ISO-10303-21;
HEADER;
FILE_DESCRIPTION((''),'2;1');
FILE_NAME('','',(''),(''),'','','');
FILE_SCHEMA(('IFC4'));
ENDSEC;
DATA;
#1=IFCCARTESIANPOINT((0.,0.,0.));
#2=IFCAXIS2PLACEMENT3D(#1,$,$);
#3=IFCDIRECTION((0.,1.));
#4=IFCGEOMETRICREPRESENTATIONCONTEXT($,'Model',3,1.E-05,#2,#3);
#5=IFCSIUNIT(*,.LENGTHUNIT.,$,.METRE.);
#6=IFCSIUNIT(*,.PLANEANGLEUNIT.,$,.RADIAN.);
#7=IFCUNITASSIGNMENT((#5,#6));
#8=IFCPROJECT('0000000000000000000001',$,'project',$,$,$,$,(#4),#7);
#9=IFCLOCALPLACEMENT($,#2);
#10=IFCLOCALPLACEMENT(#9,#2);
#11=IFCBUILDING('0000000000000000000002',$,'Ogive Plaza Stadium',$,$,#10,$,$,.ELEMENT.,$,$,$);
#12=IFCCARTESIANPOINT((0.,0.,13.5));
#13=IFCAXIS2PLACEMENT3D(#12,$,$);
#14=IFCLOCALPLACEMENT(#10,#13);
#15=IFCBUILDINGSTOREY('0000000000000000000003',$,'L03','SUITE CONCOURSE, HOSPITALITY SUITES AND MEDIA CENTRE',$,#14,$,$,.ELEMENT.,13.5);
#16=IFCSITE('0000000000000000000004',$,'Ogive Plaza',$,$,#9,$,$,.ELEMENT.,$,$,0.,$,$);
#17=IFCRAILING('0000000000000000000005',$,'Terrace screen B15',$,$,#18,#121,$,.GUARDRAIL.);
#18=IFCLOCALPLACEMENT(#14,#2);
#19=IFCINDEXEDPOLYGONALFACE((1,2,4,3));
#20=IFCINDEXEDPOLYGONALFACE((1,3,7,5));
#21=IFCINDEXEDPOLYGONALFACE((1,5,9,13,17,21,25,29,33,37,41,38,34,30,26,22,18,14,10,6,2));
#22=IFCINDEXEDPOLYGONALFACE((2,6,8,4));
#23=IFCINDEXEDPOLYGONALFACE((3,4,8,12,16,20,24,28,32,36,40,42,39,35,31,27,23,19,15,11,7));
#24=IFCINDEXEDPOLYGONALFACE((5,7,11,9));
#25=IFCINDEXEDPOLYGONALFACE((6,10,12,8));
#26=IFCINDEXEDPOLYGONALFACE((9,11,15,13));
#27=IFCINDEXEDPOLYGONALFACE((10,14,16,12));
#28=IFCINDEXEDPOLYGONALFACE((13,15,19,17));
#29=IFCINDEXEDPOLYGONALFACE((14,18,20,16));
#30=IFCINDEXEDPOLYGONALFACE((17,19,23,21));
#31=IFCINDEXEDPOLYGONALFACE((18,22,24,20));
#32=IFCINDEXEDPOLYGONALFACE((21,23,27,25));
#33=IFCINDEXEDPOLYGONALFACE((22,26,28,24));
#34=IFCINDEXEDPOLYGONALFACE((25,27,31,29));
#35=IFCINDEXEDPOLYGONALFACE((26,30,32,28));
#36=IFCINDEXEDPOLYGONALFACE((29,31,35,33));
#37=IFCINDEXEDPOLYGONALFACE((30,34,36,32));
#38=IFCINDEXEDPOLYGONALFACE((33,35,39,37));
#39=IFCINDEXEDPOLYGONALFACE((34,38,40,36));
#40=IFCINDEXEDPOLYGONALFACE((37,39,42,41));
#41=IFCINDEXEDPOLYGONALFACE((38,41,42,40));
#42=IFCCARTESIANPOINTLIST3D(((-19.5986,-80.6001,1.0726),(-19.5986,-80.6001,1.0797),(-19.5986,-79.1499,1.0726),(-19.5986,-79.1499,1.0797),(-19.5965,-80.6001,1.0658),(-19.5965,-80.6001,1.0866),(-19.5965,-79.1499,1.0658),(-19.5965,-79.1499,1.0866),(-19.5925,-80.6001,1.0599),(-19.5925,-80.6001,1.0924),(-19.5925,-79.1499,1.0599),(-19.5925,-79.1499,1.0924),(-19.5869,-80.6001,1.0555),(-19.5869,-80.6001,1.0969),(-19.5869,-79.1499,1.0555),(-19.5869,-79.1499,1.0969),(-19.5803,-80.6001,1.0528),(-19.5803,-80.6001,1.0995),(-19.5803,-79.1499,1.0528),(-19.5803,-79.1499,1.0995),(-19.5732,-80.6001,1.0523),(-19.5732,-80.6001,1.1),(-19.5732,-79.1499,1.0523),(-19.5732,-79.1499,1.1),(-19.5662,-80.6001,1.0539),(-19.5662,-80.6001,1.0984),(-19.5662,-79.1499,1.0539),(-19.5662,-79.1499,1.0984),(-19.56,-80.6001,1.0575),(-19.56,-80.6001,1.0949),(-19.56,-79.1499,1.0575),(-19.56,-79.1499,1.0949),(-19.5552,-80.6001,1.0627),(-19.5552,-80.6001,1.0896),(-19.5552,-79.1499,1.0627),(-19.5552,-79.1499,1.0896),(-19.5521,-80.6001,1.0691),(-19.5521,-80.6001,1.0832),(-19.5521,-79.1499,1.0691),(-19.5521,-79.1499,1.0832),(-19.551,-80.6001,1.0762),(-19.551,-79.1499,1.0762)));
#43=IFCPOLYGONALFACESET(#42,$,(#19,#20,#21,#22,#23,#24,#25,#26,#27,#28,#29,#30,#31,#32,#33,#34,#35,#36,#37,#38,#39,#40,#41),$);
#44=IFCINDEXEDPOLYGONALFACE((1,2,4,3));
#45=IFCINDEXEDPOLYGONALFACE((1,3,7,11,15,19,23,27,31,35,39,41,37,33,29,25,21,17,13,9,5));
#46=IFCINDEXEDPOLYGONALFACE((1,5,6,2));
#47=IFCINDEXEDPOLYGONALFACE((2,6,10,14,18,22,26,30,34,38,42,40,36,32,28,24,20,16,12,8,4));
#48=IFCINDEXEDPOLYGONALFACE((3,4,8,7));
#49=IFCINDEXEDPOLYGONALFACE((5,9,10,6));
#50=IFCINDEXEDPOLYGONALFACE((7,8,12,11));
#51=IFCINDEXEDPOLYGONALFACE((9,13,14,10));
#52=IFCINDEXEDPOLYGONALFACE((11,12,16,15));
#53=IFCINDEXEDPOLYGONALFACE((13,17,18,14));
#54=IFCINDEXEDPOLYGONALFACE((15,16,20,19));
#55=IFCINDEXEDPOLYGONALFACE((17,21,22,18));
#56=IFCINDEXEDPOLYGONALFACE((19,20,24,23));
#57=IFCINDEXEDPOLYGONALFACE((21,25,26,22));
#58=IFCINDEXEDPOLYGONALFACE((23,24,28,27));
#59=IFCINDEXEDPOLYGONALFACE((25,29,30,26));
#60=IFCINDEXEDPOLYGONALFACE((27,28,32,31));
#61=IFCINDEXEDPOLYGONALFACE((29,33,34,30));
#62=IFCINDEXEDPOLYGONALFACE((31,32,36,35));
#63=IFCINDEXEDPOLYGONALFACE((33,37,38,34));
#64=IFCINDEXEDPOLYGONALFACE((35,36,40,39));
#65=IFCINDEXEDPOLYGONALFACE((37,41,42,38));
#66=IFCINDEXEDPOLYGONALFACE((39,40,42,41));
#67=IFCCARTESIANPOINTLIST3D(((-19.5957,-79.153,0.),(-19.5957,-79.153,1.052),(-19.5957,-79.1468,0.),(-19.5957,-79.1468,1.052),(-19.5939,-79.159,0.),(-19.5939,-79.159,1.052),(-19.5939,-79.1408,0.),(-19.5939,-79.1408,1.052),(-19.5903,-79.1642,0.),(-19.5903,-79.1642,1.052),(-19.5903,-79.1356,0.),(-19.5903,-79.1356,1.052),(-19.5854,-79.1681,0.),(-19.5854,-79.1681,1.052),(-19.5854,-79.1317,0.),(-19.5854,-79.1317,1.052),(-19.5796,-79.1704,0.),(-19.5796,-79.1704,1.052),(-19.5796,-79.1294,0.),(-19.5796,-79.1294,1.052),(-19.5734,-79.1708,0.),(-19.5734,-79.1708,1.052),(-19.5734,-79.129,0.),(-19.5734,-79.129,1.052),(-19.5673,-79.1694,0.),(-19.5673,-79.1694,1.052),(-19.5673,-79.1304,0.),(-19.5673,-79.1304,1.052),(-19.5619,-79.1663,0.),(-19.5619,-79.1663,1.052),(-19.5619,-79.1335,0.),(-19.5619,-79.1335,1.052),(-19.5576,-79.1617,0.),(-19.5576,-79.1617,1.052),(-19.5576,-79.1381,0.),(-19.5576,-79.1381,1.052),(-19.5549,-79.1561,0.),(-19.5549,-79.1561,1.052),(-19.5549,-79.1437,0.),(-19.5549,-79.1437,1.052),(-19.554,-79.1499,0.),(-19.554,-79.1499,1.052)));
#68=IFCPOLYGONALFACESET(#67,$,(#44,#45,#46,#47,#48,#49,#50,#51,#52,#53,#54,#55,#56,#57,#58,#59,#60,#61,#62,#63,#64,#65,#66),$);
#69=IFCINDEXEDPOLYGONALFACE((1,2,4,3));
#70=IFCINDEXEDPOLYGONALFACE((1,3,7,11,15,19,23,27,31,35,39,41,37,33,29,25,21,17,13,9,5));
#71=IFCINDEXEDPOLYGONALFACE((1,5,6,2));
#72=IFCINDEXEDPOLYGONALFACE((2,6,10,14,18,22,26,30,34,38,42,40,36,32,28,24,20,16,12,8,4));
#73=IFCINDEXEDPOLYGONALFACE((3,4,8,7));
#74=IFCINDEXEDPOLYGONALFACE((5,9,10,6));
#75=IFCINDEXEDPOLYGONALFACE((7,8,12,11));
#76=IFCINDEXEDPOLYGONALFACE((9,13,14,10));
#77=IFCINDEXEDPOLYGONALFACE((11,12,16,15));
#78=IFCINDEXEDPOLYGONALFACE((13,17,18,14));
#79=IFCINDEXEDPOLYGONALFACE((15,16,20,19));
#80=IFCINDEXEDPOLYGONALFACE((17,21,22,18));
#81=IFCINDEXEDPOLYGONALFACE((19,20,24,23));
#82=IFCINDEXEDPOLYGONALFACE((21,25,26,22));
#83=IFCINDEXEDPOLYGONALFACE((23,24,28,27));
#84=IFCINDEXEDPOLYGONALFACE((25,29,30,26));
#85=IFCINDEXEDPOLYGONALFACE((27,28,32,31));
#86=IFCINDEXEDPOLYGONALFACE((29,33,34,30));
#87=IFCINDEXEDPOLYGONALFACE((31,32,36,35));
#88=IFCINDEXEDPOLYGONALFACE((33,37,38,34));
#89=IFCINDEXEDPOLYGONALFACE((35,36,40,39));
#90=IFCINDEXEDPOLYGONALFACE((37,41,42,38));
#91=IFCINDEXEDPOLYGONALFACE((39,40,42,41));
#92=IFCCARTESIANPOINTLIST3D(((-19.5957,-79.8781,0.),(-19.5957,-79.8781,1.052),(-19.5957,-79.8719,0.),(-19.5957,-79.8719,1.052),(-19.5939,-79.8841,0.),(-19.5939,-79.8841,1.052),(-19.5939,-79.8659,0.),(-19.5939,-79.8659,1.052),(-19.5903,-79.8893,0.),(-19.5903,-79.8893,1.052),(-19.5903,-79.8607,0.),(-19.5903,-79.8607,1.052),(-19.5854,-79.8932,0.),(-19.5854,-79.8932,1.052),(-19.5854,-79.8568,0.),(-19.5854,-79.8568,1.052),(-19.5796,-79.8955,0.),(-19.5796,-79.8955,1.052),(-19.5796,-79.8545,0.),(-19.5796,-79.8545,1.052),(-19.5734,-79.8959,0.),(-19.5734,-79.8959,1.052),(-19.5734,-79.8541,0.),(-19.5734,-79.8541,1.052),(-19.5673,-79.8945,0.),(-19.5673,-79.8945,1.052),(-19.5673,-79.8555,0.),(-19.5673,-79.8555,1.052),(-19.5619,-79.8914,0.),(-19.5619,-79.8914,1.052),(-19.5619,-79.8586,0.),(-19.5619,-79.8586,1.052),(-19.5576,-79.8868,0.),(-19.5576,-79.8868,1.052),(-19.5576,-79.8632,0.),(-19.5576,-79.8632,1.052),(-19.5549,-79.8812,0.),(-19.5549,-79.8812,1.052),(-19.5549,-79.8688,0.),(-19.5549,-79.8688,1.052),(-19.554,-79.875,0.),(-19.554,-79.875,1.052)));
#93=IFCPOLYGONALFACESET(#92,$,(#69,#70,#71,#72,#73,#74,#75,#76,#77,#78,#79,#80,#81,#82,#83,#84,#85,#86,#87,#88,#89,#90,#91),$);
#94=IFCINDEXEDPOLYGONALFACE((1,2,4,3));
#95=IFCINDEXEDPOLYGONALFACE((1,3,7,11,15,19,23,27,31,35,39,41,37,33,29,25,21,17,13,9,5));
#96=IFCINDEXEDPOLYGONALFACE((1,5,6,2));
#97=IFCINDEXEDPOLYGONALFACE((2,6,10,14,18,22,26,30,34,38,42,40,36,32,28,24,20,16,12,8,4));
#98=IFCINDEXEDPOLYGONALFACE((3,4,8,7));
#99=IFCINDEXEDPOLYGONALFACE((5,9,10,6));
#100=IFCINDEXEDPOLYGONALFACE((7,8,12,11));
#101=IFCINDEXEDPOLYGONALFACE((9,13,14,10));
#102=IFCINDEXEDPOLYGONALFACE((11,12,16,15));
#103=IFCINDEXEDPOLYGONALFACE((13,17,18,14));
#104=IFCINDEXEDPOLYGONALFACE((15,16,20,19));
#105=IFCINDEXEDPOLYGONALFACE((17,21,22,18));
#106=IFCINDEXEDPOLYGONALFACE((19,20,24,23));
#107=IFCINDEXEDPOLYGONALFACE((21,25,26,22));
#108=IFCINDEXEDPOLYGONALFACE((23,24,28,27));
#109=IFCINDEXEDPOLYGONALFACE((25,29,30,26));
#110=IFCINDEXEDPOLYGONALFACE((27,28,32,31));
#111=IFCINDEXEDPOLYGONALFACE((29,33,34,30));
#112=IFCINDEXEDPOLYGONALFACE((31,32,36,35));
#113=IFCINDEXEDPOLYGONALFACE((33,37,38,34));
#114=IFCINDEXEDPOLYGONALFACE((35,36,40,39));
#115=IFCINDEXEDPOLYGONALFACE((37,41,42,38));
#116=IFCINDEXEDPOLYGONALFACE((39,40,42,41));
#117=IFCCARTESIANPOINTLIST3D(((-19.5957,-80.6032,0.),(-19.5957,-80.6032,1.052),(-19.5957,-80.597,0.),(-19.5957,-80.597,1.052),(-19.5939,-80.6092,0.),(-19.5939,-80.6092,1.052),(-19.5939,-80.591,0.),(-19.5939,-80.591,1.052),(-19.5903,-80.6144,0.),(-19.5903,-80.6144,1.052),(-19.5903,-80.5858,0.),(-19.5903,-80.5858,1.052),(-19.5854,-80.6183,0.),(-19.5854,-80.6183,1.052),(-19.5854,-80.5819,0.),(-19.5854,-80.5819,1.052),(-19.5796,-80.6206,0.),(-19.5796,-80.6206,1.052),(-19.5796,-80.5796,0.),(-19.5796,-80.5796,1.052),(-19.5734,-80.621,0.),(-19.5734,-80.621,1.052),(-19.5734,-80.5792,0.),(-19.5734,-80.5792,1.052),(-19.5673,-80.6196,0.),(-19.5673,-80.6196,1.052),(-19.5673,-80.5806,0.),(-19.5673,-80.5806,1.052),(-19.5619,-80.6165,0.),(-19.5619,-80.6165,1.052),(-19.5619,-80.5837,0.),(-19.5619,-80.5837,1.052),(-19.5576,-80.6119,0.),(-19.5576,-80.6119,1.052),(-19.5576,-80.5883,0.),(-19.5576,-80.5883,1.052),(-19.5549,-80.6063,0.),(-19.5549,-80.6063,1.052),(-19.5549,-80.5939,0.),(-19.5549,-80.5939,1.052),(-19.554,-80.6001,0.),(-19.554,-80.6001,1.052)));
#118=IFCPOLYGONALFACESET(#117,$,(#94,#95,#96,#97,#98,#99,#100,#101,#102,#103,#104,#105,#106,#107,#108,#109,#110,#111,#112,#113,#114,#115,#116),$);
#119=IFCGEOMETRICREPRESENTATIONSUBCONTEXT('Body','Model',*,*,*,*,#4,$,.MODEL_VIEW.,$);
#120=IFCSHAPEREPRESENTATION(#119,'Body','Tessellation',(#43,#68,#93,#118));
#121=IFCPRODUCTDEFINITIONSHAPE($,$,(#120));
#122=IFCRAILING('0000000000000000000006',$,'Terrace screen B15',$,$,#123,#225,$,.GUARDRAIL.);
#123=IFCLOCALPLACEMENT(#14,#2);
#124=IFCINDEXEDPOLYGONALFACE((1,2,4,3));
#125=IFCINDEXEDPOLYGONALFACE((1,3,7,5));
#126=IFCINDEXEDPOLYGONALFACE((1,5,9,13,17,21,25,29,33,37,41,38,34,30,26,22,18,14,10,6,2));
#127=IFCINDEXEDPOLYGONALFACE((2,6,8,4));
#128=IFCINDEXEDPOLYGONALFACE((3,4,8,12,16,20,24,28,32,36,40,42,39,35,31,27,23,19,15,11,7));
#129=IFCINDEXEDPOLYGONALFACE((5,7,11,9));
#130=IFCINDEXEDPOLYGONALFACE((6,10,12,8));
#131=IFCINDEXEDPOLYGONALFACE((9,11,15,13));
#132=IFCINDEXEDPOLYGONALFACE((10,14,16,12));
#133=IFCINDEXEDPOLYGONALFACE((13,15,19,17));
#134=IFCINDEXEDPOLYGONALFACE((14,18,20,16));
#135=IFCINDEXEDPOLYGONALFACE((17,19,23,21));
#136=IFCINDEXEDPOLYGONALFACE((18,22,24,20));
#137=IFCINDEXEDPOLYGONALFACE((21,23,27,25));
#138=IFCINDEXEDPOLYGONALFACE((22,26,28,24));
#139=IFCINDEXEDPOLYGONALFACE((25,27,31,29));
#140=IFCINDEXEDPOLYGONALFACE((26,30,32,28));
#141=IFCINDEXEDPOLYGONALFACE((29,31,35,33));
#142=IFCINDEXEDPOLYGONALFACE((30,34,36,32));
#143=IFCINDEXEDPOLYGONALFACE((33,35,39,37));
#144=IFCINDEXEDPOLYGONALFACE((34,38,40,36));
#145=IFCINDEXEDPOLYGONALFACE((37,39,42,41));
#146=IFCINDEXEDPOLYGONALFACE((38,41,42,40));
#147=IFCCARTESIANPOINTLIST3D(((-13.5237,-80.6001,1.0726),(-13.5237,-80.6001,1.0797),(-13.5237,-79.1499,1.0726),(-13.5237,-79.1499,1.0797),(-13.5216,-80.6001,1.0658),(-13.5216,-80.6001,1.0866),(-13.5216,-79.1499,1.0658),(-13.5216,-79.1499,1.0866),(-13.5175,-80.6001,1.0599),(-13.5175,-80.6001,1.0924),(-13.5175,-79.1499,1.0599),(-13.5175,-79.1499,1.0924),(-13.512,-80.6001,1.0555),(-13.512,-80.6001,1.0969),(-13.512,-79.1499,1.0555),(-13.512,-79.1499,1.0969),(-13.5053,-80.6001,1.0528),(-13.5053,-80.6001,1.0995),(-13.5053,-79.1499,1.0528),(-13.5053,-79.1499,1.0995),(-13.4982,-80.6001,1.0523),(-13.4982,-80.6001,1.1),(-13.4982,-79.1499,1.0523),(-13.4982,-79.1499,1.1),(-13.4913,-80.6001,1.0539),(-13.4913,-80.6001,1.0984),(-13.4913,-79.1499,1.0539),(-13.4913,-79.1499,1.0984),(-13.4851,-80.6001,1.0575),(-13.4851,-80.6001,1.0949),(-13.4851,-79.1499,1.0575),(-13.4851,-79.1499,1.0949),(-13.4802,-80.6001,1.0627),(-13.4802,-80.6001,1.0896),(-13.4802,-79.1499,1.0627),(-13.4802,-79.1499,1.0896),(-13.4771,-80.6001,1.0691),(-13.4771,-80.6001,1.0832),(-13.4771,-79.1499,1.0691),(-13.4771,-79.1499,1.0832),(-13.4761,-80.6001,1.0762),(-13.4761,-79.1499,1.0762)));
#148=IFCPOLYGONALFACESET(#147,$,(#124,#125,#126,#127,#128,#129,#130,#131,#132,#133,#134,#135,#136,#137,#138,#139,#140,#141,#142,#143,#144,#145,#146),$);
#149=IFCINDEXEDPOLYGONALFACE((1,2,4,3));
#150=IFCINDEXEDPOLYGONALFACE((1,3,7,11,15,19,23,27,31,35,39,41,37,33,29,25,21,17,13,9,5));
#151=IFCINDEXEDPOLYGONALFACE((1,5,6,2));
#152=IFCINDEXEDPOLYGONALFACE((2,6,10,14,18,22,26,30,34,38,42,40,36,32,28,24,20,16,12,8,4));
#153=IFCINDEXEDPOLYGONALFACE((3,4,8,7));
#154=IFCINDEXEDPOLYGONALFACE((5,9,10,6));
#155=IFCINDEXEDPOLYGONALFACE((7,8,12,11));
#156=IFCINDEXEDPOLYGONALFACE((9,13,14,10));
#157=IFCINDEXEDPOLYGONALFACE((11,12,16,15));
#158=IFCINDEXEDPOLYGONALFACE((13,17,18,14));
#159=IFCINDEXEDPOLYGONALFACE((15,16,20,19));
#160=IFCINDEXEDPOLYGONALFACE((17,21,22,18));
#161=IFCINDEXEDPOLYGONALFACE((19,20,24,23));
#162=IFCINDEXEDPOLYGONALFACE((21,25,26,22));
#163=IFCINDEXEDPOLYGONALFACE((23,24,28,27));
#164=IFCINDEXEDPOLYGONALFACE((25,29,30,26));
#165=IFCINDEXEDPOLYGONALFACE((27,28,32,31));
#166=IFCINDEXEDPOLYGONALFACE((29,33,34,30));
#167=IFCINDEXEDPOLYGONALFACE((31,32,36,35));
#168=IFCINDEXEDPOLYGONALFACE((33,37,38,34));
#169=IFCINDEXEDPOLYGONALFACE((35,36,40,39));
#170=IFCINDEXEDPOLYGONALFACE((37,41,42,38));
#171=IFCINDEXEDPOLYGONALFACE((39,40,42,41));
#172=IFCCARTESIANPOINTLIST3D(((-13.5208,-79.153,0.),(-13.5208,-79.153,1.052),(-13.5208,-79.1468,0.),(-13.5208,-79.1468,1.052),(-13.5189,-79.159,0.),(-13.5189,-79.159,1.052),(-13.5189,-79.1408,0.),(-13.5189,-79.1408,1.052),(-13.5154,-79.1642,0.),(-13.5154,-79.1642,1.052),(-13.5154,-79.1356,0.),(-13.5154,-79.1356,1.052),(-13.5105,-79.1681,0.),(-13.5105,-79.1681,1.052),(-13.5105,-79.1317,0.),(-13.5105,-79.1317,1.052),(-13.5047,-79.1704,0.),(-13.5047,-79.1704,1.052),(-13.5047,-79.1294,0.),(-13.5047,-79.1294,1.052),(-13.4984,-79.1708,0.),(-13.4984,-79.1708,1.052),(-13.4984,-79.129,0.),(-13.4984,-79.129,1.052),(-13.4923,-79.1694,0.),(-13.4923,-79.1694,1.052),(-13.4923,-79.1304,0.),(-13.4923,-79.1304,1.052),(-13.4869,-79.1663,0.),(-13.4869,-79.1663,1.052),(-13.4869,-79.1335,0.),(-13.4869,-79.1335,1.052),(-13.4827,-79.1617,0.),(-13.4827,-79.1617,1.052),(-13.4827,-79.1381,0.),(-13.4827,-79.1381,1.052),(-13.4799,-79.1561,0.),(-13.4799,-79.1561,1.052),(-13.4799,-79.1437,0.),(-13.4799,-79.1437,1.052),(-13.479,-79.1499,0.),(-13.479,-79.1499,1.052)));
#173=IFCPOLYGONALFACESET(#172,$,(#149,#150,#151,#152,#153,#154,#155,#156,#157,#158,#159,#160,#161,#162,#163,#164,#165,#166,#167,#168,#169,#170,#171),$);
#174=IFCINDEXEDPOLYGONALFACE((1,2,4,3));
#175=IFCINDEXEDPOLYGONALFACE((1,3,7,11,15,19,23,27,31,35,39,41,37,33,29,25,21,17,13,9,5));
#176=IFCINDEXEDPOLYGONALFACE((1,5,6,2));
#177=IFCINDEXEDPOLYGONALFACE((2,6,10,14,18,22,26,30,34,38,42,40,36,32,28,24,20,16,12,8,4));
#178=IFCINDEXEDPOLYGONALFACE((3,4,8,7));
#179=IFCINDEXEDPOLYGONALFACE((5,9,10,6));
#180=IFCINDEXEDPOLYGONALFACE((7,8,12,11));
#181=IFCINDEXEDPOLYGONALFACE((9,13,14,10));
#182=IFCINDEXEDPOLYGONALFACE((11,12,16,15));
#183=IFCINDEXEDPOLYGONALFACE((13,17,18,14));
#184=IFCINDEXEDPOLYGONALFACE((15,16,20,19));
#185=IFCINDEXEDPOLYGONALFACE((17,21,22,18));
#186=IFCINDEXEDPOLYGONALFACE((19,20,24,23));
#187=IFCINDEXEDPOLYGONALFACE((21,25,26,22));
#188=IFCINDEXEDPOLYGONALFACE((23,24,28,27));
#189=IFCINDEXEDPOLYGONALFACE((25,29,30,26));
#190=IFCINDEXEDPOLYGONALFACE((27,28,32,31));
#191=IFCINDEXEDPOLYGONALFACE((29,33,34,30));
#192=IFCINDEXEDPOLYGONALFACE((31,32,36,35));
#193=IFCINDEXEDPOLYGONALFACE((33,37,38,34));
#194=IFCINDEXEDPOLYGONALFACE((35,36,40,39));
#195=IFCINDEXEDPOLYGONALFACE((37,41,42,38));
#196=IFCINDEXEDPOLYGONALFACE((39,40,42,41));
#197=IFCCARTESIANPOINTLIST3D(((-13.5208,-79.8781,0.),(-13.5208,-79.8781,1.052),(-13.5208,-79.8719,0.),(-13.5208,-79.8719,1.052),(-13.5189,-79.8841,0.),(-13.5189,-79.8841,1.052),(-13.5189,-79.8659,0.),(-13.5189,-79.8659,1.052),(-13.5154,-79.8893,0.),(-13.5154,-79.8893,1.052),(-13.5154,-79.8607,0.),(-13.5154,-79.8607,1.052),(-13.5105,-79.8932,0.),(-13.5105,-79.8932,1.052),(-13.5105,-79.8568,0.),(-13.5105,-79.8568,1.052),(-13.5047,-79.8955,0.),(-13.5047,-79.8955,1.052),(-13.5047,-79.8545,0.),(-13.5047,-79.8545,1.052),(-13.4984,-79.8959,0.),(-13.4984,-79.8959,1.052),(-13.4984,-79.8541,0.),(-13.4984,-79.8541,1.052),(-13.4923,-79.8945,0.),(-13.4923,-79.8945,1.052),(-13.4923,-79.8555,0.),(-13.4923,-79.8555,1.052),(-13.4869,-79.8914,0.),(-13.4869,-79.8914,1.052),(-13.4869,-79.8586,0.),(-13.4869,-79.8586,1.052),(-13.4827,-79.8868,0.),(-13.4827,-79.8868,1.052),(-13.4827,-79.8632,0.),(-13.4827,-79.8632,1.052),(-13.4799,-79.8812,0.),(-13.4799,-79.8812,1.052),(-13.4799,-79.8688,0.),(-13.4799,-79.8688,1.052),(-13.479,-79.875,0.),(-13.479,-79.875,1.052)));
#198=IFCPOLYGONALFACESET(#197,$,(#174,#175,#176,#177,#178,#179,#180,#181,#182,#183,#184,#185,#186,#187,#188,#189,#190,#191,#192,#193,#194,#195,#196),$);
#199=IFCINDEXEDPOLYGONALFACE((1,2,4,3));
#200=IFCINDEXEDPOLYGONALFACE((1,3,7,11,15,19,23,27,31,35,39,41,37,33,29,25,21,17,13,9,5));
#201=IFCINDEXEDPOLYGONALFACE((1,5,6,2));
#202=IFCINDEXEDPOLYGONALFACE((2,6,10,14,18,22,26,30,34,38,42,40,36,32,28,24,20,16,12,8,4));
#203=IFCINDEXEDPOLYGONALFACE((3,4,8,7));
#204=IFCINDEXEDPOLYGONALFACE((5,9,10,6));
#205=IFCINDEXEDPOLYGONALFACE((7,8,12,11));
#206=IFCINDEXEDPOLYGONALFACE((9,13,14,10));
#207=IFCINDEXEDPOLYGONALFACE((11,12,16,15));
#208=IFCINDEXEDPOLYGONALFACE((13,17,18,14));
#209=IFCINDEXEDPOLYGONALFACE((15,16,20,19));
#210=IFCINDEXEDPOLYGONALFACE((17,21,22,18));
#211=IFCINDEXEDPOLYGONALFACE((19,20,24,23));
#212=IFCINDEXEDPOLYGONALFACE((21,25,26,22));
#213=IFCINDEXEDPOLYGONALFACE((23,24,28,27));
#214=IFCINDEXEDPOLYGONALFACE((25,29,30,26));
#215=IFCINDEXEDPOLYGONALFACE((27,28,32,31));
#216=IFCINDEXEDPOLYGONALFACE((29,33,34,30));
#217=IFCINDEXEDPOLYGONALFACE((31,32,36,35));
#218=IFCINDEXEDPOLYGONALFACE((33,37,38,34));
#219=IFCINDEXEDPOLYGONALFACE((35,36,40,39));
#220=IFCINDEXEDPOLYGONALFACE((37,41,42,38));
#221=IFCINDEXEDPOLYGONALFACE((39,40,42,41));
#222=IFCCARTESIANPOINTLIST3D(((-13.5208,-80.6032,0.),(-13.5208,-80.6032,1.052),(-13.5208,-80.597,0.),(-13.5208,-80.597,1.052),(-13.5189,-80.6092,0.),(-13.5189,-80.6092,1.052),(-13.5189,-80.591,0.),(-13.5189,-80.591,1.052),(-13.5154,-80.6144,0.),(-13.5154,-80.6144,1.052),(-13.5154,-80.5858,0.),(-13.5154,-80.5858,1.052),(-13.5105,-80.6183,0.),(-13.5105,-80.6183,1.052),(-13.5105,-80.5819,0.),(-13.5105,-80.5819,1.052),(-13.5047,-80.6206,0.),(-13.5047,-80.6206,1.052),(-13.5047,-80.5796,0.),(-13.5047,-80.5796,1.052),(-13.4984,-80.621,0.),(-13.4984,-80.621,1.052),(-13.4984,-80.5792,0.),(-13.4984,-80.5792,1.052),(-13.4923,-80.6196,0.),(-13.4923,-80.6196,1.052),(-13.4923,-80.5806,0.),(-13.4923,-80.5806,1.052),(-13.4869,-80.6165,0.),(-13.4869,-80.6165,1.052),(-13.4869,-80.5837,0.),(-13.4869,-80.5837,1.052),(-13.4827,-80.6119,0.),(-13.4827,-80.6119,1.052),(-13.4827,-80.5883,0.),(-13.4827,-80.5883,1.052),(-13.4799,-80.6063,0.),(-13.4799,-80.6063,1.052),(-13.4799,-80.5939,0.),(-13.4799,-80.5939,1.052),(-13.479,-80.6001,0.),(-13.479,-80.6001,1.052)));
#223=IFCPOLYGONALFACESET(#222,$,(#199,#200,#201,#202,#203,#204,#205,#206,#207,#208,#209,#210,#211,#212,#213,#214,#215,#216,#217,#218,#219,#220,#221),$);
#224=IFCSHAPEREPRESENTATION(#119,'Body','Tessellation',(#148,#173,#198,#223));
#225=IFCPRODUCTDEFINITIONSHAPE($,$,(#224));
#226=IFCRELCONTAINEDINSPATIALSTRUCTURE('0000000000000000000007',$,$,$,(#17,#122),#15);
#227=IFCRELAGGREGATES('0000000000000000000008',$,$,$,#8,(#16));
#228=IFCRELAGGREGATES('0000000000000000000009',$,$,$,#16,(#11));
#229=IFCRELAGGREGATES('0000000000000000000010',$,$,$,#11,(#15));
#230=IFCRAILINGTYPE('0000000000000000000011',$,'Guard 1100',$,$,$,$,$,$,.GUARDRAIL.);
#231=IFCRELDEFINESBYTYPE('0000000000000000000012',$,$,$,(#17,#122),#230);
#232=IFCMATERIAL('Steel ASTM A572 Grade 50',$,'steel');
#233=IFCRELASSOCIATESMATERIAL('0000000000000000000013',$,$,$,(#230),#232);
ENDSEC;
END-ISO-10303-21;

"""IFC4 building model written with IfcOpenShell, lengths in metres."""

from ifc_helpers import new_model, si_unit, direction, frame, origin, origin_2d, place, context, subcontext, project, spatial, circle, extrude, material, type_object, element, save


model = new_model("IFC4")

# Units and contexts
model_context = context("Model", 3, precision=1e-05, world=origin(), true_north=direction((0.0, 1.0)))
body_context = subcontext(model_context, "Body", "Model", "MODEL_VIEW")
ifc_project = project(units=[si_unit("LENGTHUNIT", "METRE"), si_unit("PLANEANGLEUNIT", "RADIAN")], contexts=[model_context])

# Site, building, storey
site_placement = place(None, origin())
site = spatial("IfcSite", under=ifc_project, at=site_placement, Name="Ogive Plaza", CompositionType="ELEMENT", RefElevation=0.0)
building_placement = place(site_placement, origin())
building = spatial("IfcBuilding", under=site, at=building_placement, Name="Ogive Plaza Stadium", CompositionType="ELEMENT")
storey_placement = place(building_placement, frame((0.0, 0.0, 13.5)))
storey = spatial("IfcBuildingStorey", under=building, at=storey_placement, Name="L03", Description="SUITE CONCOURSE, HOSPITALITY SUITES AND MEDIA CENTRE", CompositionType="ELEMENT", Elevation=13.5)

# Railings
ifc_material_1 = material(Name="Steel ASTM A572 Grade 50", Category="steel")
railing_type_1 = type_object("IfcRailingType", Name="Guard 1100", PredefinedType="GUARDRAIL", material=ifc_material_1)
for number, where, name in (
    (1, (-19.575, -79.1499, 0.0), "Terrace screen B15"),
    (2, (-13.5, -79.1499, 0.0), "Terrace screen B15"),
):
    element("IfcRailing", number, at=place(storey_placement, frame(where)), inside=storey, type_object=railing_type_1, Name=name, PredefinedType="GUARDRAIL", context=body_context, shape_type="SweptSolid", body=[
        extrude(circle(Radius=0.0239, at=origin_2d()), frame((0.0, 0.0, 1.0762), z_axis=(0.0, -1.0, 0.0), x_axis=(1.0, 0.0, 0.0)), (0.0, 0.0, 1.0), 1.4502),
        extrude(circle(Radius=0.021, at=origin_2d()), origin(), (0.0, 0.0, 1.0), 1.052),
        extrude(circle(Radius=0.021, at=origin_2d()), frame((0.0, -0.7251, 0.0)), (0.0, 0.0, 1.0), 1.052),
        extrude(circle(Radius=0.021, at=origin_2d()), frame((0.0, -1.4502, 0.0)), (0.0, 0.0, 1.0), 1.052),
    ])

save(model, "model.ifc")
